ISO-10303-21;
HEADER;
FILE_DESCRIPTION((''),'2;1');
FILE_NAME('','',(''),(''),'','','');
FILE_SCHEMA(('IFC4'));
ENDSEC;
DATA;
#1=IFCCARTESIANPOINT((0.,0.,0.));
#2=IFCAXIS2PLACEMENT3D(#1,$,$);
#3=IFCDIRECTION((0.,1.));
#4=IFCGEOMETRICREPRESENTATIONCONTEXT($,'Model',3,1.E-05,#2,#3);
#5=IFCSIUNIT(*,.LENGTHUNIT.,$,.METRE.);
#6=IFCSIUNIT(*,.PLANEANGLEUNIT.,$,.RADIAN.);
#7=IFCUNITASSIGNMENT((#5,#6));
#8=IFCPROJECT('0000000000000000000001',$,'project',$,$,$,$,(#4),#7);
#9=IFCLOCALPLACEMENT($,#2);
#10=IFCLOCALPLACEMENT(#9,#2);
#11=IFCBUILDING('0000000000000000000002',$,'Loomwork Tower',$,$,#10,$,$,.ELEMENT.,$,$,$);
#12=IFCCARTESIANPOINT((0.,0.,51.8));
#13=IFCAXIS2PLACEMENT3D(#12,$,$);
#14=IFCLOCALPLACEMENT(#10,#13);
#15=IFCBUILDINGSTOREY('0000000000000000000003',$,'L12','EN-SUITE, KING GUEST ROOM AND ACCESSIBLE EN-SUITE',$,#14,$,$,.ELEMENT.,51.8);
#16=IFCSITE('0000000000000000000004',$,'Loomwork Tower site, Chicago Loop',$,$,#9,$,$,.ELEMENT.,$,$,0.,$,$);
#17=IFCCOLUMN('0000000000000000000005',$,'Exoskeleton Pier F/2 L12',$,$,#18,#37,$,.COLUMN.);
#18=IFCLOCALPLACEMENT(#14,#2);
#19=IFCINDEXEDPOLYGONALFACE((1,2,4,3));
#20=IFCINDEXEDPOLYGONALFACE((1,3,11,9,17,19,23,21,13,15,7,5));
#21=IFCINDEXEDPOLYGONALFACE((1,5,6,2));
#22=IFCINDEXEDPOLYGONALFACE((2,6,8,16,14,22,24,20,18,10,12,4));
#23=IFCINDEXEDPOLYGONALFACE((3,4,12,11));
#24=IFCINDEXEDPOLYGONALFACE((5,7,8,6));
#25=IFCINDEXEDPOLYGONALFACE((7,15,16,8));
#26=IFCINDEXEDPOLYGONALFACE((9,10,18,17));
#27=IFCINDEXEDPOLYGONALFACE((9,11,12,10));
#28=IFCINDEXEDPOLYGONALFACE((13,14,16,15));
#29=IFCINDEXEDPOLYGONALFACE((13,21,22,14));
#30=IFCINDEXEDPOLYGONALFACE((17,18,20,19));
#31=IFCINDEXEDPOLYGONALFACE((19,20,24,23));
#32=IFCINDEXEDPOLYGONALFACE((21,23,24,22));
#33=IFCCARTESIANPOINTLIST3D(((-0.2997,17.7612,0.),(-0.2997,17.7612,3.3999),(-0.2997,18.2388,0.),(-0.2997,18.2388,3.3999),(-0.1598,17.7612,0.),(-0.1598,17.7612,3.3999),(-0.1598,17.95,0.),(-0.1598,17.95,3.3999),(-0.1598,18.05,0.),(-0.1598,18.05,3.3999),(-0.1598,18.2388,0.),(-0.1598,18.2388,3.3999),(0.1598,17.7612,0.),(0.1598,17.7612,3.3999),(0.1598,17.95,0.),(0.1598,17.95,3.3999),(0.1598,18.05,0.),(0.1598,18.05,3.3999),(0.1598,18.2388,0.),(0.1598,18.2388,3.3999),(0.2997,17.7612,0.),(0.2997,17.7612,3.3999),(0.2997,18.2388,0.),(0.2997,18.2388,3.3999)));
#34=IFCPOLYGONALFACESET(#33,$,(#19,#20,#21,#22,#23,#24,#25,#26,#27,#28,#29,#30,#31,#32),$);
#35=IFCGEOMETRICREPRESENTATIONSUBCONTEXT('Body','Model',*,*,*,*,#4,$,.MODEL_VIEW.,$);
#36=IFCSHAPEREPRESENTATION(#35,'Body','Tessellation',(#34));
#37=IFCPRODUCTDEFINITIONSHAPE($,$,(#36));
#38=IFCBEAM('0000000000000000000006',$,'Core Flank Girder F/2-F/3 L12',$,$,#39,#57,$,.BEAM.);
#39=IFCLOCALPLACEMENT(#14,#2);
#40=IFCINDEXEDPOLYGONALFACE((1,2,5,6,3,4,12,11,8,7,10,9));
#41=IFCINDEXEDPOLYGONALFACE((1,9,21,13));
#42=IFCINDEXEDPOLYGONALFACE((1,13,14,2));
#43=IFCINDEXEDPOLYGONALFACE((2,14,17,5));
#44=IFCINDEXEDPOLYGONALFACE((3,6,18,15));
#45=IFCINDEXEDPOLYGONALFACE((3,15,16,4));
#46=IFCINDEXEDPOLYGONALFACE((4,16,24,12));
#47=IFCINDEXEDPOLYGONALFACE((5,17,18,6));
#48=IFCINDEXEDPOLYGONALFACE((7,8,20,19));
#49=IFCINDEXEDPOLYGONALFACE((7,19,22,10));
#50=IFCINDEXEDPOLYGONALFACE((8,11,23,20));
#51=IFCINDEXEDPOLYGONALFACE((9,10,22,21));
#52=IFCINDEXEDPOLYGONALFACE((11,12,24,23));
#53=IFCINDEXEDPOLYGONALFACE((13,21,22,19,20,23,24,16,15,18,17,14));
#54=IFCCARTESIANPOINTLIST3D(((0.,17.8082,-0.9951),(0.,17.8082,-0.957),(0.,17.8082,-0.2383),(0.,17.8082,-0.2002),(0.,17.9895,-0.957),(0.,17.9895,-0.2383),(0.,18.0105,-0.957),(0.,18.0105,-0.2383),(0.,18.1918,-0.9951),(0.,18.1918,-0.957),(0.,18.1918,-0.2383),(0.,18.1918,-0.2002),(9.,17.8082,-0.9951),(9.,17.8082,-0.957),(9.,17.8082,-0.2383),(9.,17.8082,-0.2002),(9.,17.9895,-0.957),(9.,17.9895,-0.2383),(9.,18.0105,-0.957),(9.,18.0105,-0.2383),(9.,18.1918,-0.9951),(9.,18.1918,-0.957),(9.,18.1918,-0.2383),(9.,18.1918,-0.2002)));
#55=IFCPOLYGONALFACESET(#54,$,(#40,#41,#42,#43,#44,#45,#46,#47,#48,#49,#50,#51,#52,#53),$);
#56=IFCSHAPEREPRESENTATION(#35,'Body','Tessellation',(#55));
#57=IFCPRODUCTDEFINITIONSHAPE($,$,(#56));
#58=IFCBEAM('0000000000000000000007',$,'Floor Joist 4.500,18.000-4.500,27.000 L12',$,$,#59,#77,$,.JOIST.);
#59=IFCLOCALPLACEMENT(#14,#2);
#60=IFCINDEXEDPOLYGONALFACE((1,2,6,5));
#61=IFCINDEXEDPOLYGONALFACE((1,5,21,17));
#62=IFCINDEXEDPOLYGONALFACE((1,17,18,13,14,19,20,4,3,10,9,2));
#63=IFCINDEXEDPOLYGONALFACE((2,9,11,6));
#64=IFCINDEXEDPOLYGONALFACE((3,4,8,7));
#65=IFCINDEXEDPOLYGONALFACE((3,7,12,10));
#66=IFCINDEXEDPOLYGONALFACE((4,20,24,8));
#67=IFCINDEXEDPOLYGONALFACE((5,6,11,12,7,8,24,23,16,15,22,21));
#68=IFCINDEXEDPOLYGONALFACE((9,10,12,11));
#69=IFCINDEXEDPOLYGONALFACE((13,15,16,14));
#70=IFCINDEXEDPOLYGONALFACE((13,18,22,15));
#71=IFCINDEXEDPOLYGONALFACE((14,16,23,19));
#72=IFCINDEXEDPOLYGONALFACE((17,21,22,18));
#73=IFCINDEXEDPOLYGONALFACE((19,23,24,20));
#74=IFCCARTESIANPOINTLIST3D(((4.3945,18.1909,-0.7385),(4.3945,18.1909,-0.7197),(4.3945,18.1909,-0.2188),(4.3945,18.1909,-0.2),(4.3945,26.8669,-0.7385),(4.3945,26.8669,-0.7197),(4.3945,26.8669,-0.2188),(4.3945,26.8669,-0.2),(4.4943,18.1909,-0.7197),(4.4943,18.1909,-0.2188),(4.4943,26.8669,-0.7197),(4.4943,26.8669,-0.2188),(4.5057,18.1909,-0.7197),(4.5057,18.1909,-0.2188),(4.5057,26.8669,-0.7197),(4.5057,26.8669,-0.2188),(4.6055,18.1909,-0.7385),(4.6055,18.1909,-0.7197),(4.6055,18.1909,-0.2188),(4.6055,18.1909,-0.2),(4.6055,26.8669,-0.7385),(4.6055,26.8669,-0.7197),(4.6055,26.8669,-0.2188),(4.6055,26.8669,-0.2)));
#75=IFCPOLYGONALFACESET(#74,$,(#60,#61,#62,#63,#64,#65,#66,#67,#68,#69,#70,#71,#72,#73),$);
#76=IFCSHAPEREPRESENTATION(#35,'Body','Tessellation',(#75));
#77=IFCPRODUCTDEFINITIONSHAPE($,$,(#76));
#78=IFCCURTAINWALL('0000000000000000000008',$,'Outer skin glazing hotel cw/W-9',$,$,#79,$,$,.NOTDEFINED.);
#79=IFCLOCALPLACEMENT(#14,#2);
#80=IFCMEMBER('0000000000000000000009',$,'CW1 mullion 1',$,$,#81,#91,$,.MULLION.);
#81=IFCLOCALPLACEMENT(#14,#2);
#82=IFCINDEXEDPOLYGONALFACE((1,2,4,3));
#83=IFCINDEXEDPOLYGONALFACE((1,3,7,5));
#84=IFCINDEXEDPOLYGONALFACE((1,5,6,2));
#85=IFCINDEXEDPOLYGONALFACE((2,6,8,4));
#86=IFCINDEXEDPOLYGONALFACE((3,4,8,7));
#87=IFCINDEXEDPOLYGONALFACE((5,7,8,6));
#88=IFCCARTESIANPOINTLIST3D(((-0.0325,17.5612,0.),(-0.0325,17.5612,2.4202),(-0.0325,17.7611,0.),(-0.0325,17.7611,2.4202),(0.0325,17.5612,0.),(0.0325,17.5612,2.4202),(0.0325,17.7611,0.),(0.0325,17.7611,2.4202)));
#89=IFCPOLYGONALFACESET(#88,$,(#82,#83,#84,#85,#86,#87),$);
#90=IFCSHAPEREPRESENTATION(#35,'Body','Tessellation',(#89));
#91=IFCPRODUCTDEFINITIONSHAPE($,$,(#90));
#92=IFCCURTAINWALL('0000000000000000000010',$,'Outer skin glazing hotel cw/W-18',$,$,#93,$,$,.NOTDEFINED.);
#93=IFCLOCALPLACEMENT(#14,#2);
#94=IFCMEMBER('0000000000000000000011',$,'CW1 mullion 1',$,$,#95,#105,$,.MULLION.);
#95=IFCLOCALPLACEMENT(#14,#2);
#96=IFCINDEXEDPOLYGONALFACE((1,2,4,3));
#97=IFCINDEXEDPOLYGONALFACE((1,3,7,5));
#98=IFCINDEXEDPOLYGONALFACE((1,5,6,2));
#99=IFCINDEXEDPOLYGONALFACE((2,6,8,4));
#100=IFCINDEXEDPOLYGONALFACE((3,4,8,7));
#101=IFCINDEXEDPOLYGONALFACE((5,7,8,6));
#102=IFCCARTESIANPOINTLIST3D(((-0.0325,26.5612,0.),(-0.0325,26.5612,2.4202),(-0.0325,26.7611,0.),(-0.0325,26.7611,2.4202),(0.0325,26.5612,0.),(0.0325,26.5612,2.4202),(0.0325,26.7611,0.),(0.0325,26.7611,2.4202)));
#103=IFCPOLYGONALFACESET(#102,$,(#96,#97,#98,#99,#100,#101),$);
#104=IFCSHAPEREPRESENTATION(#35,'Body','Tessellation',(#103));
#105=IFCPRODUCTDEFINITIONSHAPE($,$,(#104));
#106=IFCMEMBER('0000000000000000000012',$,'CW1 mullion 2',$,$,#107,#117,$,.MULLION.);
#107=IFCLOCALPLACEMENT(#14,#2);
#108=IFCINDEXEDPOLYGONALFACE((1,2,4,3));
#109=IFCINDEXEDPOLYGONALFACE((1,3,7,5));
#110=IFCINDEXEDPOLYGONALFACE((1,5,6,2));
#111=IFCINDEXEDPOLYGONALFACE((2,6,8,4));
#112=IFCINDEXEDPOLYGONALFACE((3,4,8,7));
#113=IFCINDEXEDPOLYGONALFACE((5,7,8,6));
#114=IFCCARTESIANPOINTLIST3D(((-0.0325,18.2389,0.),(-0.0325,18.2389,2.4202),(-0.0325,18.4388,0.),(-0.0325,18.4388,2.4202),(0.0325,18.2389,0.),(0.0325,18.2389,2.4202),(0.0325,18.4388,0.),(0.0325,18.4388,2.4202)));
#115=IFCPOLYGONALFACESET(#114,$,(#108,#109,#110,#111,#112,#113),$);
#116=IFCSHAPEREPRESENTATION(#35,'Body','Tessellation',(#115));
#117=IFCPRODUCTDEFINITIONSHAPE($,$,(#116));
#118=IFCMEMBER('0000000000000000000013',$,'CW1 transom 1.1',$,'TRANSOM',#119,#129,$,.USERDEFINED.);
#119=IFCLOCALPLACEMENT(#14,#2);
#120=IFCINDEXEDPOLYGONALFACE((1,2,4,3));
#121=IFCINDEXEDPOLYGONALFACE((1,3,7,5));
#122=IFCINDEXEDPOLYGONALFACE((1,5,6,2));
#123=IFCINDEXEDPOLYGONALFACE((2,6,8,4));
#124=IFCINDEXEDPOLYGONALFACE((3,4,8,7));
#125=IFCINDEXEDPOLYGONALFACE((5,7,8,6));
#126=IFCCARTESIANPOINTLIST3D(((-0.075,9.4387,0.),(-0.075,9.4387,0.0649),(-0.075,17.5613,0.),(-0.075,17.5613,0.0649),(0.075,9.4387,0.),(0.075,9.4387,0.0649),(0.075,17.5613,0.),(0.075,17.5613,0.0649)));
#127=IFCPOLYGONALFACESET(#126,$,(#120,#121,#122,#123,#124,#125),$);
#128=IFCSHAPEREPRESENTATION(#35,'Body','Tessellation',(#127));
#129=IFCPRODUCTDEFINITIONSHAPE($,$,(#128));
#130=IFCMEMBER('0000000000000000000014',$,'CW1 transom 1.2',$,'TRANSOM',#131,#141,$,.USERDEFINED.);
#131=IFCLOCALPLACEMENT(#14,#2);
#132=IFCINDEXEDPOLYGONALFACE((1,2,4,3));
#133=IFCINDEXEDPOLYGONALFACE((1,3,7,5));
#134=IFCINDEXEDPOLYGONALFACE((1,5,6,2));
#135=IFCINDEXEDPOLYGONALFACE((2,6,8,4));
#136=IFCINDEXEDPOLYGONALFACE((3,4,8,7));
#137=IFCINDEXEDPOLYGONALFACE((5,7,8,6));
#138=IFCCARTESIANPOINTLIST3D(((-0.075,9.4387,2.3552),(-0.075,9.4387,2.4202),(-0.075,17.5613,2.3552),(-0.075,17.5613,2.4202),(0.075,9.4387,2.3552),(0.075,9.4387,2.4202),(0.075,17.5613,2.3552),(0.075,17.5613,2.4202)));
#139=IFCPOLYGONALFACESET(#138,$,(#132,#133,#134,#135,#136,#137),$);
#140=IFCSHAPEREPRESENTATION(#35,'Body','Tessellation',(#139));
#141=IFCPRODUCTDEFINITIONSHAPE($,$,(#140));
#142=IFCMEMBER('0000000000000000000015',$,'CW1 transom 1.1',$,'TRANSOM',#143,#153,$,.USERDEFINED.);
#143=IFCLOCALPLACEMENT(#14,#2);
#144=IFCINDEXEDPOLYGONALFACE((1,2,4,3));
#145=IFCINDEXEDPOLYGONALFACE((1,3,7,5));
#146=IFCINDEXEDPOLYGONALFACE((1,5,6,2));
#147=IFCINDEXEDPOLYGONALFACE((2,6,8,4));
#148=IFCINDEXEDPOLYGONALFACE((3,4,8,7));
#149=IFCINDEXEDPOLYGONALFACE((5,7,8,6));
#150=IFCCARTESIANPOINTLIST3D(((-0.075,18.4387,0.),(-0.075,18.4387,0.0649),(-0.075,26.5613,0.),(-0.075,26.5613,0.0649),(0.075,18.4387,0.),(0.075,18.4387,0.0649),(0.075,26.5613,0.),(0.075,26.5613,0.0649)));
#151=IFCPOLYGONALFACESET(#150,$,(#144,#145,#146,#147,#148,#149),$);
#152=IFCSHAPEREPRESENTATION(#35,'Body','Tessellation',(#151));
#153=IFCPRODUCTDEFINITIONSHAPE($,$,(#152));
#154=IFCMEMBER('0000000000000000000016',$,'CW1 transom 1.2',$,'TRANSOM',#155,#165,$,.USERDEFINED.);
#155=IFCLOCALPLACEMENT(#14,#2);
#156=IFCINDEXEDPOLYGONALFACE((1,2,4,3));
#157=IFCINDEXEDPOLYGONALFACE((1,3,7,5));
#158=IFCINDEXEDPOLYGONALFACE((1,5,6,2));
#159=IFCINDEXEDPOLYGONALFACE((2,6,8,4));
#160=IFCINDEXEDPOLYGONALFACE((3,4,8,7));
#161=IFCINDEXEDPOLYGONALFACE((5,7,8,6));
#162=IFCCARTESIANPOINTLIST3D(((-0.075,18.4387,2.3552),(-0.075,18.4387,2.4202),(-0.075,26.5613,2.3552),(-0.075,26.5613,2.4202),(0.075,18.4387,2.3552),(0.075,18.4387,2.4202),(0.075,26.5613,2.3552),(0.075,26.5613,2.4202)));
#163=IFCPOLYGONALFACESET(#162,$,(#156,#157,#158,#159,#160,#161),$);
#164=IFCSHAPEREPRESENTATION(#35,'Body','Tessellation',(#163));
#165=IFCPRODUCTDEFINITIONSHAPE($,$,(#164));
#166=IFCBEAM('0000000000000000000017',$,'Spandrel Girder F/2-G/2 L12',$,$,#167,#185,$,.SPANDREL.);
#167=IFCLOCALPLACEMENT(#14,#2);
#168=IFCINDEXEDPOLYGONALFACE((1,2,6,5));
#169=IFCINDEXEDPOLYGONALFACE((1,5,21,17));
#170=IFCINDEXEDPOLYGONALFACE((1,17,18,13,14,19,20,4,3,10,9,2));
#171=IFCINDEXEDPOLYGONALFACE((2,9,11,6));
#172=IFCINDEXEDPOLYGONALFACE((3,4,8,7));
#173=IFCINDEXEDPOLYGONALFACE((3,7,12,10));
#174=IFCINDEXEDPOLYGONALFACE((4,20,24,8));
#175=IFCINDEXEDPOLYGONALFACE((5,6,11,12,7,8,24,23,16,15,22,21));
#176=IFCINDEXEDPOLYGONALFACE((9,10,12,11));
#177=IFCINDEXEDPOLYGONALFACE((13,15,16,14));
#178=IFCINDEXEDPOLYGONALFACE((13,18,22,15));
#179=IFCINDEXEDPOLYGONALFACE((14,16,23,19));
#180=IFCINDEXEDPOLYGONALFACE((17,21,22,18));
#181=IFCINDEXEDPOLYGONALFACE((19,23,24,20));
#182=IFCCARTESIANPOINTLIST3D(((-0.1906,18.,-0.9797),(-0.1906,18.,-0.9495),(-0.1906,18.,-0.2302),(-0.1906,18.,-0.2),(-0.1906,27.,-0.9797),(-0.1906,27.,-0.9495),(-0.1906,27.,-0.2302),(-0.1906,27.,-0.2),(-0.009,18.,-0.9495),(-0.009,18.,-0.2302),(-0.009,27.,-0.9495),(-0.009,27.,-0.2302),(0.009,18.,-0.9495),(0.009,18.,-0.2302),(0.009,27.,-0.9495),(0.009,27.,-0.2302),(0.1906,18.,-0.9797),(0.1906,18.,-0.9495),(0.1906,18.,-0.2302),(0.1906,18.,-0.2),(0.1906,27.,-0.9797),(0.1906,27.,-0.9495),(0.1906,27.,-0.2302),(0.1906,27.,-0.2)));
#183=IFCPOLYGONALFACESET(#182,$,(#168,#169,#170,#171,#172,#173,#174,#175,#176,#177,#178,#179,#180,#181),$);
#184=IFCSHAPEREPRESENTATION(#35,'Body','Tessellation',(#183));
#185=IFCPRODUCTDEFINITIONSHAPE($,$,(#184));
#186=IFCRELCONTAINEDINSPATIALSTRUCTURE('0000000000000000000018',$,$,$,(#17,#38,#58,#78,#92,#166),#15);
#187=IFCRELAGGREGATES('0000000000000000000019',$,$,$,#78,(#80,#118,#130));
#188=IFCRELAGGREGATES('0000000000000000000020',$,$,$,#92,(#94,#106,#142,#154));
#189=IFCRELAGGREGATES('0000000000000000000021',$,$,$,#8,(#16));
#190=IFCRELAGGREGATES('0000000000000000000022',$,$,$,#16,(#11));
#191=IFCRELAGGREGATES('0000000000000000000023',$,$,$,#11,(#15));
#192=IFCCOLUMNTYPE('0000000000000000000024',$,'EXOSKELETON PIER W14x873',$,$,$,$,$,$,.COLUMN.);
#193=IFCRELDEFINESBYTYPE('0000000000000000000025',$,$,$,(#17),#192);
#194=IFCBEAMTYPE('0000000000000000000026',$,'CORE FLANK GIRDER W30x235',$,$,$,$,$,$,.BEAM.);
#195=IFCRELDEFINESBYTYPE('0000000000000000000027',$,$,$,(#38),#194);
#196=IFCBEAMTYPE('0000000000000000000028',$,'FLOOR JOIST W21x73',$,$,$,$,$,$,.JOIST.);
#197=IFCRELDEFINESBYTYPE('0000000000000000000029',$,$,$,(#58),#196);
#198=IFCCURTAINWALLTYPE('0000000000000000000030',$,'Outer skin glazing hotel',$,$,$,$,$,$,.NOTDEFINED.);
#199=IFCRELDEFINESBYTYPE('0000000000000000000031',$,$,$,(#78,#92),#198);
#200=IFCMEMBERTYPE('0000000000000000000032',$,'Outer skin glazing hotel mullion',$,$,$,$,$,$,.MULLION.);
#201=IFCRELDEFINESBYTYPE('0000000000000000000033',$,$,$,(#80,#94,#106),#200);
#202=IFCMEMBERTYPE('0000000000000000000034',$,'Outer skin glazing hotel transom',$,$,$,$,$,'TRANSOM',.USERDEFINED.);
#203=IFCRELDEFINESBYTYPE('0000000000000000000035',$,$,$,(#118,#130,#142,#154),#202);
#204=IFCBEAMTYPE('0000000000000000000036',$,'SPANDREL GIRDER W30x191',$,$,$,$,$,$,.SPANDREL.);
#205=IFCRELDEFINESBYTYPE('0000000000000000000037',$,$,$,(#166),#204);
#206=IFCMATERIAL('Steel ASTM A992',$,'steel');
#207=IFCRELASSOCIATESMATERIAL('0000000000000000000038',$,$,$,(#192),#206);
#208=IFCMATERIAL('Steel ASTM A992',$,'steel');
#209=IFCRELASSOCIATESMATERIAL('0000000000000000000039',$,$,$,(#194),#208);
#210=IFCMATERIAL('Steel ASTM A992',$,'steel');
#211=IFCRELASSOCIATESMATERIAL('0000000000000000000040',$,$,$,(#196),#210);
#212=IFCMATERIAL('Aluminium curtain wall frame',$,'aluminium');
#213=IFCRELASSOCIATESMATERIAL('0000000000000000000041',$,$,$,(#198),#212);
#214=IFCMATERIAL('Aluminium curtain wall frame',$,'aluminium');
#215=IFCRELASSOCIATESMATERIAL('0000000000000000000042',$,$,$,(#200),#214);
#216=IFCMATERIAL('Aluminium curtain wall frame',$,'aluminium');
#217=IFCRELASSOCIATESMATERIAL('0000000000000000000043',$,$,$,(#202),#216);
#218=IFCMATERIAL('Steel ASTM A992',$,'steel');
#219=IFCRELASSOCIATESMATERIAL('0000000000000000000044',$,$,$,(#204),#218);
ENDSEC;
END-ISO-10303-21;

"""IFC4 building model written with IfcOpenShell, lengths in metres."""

from ifc_helpers import new_model, si_unit, direction, frame, origin, origin_2d, place, context, subcontext, project, spatial, rectangle, i_section, extrude, material, material_profile, profile_set, type_object, element, aggregate, save


model = new_model("IFC4")

# Units and contexts
model_context = context("Model", 3, precision=1e-05, world=origin(), true_north=direction((0.0, 1.0)))
body_context = subcontext(model_context, "Body", "Model", "MODEL_VIEW")
ifc_project = project(units=[si_unit("LENGTHUNIT", "METRE"), si_unit("PLANEANGLEUNIT", "RADIAN")], contexts=[model_context])

# Site, building, storey
site_placement = place(None, origin())
site = spatial("IfcSite", under=ifc_project, at=site_placement, Name="Loomwork Tower site, Chicago Loop", CompositionType="ELEMENT", RefElevation=0.0)
building_placement = place(site_placement, origin())
building = spatial("IfcBuilding", under=site, at=building_placement, Name="Loomwork Tower", CompositionType="ELEMENT")
storey_placement = place(building_placement, frame((0.0, 0.0, 51.8)))
storey = spatial("IfcBuildingStorey", under=building, at=storey_placement, Name="L12", Description="EN-SUITE, KING GUEST ROOM AND ACCESSIBLE EN-SUITE", CompositionType="ELEMENT", Elevation=51.8)

# Column
ifc_material_1 = material(Name="Steel ASTM A992", Category="steel")
ifc_material_profile_1 = material_profile(ifc_material_1, i_section(OverallWidth=0.4775, OverallDepth=0.5994, WebThickness=0.1001, FlangeThickness=0.1399, at=origin_2d()), Name="W14x873")
ifc_profile_set_1 = profile_set([ifc_material_profile_1], Name="Steel ASTM A992")
column_type = type_object("IfcColumnType", Name="EXOSKELETON PIER W14x873", PredefinedType="COLUMN", material=ifc_profile_set_1)
column_placement = place(storey_placement, frame((0.0, 18.0, 0.0), z_axis=(0.0, 0.0, 1.0), x_axis=(0.0, 1.0, 0.0)))
element("IfcColumn", 1, at=column_placement, inside=storey, type_object=column_type, Name="Exoskeleton Pier F/2 L12", PredefinedType="COLUMN", context=body_context, shape_type="SweptSolid", body=[
    extrude(i_section(OverallWidth=0.4775, OverallDepth=0.5994, WebThickness=0.1001, FlangeThickness=0.1399, at=origin_2d()), origin(), (0.0, 0.0, 1.0), 3.3999),
])

# Beams
ifc_material_2 = material(Name="Steel ASTM A992", Category="steel")
ifc_material_profile_2 = material_profile(ifc_material_2, i_section(OverallWidth=0.3835, OverallDepth=0.7949, WebThickness=0.021, FlangeThickness=0.0381, at=origin_2d()), Name="W30x235")
ifc_profile_set_2 = profile_set([ifc_material_profile_2], Name="Steel ASTM A992")
beam_type_1 = type_object("IfcBeamType", Name="CORE FLANK GIRDER W30x235", PredefinedType="BEAM", material=ifc_profile_set_2)
beam_1_placement = place(storey_placement, frame((0.0, 18.0, -0.5977), z_axis=(1.0, 0.0, 0.0), x_axis=(0.0, 1.0, 0.0)))
element("IfcBeam", 2, at=beam_1_placement, inside=storey, type_object=beam_type_1, Name="Core Flank Girder F/2-F/3 L12", PredefinedType="BEAM", context=body_context, shape_type="SweptSolid", body=[
    extrude(i_section(OverallWidth=0.3835, OverallDepth=0.7949, WebThickness=0.021, FlangeThickness=0.0381, at=origin_2d()), origin(), (0.0, 0.0, 1.0), 9.0),
])
ifc_material_3 = material(Name="Steel ASTM A992", Category="steel")
ifc_material_profile_3 = material_profile(ifc_material_3, i_section(OverallWidth=0.2109, OverallDepth=0.5386, WebThickness=0.0115, FlangeThickness=0.0188, at=origin_2d()), Name="W21x73")
ifc_profile_set_3 = profile_set([ifc_material_profile_3], Name="Steel ASTM A992")
beam_type_2 = type_object("IfcBeamType", Name="FLOOR JOIST W21x73", PredefinedType="JOIST", material=ifc_profile_set_3)
beam_2_placement = place(storey_placement, frame((4.5, 18.1909, -0.4692), z_axis=(0.0, 1.0, 0.0), x_axis=(-1.0, 0.0, 0.0)))
element("IfcBeam", 3, at=beam_2_placement, inside=storey, type_object=beam_type_2, Name="Floor Joist 4.500,18.000-4.500,27.000 L12", PredefinedType="JOIST", context=body_context, shape_type="SweptSolid", body=[
    extrude(i_section(OverallWidth=0.2109, OverallDepth=0.5386, WebThickness=0.0115, FlangeThickness=0.0188, at=origin_2d()), origin(), (0.0, 0.0, 1.0), 8.676),
])

# Curtain wall, member
ifc_material_4 = material(Name="Aluminium curtain wall frame", Category="aluminium")
curtain_wall_type = type_object("IfcCurtainWallType", Name="Outer skin glazing hotel", PredefinedType="NOTDEFINED", material=ifc_material_4)
curtain_wall_1_placement = place(storey_placement, origin())
curtain_wall_1 = element("IfcCurtainWall", 4, at=curtain_wall_1_placement, inside=storey, type_object=curtain_wall_type, Name="Outer skin glazing hotel cw/W-9", PredefinedType="NOTDEFINED")
ifc_material_5 = material(Name="Aluminium curtain wall frame", Category="aluminium")
ifc_material_profile_4 = material_profile(ifc_material_5, rectangle(XDim=0.0649, YDim=0.2, at=origin_2d()), Name="AL 65x200")
ifc_profile_set_4 = profile_set([ifc_material_profile_4], Name="Aluminium curtain wall frame")
member_type_1 = type_object("IfcMemberType", Name="Outer skin glazing hotel mullion", PredefinedType="MULLION", material=ifc_profile_set_4)
member_1_placement = place(storey_placement, frame((0.0, 17.6611, 0.0), z_axis=(0.0, 0.0, 1.0), x_axis=(1.0, 0.0, 0.0)))
member_1 = element("IfcMember", 5, at=member_1_placement, type_object=member_type_1, Name="CW1 mullion 1", PredefinedType="MULLION", context=body_context, shape_type="SweptSolid", body=[
    extrude(rectangle(XDim=0.0649, YDim=0.2, at=origin_2d()), origin(), (0.0, 0.0, 1.0), 2.4202),
])

# Curtain wall, members
curtain_wall_2_placement = place(storey_placement, origin())
curtain_wall_2 = element("IfcCurtainWall", 6, at=curtain_wall_2_placement, inside=storey, type_object=curtain_wall_type, Name="Outer skin glazing hotel cw/W-18", PredefinedType="NOTDEFINED")
member_2_placement = place(storey_placement, frame((0.0, 26.6611, 0.0), z_axis=(0.0, 0.0, 1.0), x_axis=(1.0, 0.0, 0.0)))
member_2 = element("IfcMember", 7, at=member_2_placement, type_object=member_type_1, Name="CW1 mullion 1", PredefinedType="MULLION", context=body_context, shape_type="SweptSolid", body=[
    extrude(rectangle(XDim=0.0649, YDim=0.2, at=origin_2d()), origin(), (0.0, 0.0, 1.0), 2.4202),
])
member_3_placement = place(storey_placement, frame((0.0, 18.3389, 0.0), z_axis=(0.0, 0.0, 1.0), x_axis=(1.0, 0.0, 0.0)))
member_3 = element("IfcMember", 8, at=member_3_placement, type_object=member_type_1, Name="CW1 mullion 2", PredefinedType="MULLION", context=body_context, shape_type="SweptSolid", body=[
    extrude(rectangle(XDim=0.0649, YDim=0.2, at=origin_2d()), origin(), (0.0, 0.0, 1.0), 2.4202),
])

# Members
ifc_material_6 = material(Name="Aluminium curtain wall frame", Category="aluminium")
ifc_material_profile_5 = material_profile(ifc_material_6, rectangle(XDim=0.1499, YDim=0.0649, at=origin_2d()), Name="AL 65x150")
ifc_profile_set_5 = profile_set([ifc_material_profile_5], Name="Aluminium curtain wall frame")
member_type_2 = type_object("IfcMemberType", Name="Outer skin glazing hotel transom", ElementType="TRANSOM", PredefinedType="USERDEFINED", material=ifc_profile_set_5)
member_4_placement = place(storey_placement, frame((0.0, 17.5613, 0.0325), z_axis=(0.0, -1.0, 0.0), x_axis=(1.0, 0.0, 0.0)))
member_4 = element("IfcMember", 9, at=member_4_placement, type_object=member_type_2, Name="CW1 transom 1.1", ObjectType="TRANSOM", PredefinedType="USERDEFINED", context=body_context, shape_type="SweptSolid", body=[
    extrude(rectangle(XDim=0.1499, YDim=0.0649, at=origin_2d()), origin(), (0.0, 0.0, 1.0), 8.1226),
])
member_5_placement = place(storey_placement, frame((0.0, 17.5613, 2.3877), z_axis=(0.0, -1.0, 0.0), x_axis=(1.0, 0.0, 0.0)))
member_5 = element("IfcMember", 10, at=member_5_placement, type_object=member_type_2, Name="CW1 transom 1.2", ObjectType="TRANSOM", PredefinedType="USERDEFINED", context=body_context, shape_type="SweptSolid", body=[
    extrude(rectangle(XDim=0.1499, YDim=0.0649, at=origin_2d()), origin(), (0.0, 0.0, 1.0), 8.1226),
])
aggregate(curtain_wall_1, [member_1, member_4, member_5])
member_6_placement = place(storey_placement, frame((0.0, 26.5613, 0.0325), z_axis=(0.0, -1.0, 0.0), x_axis=(1.0, 0.0, 0.0)))
member_6 = element("IfcMember", 11, at=member_6_placement, type_object=member_type_2, Name="CW1 transom 1.1", ObjectType="TRANSOM", PredefinedType="USERDEFINED", context=body_context, shape_type="SweptSolid", body=[
    extrude(rectangle(XDim=0.1499, YDim=0.0649, at=origin_2d()), origin(), (0.0, 0.0, 1.0), 8.1226),
])
member_7_placement = place(storey_placement, frame((0.0, 26.5613, 2.3877), z_axis=(0.0, -1.0, 0.0), x_axis=(1.0, 0.0, 0.0)))
member_7 = element("IfcMember", 12, at=member_7_placement, type_object=member_type_2, Name="CW1 transom 1.2", ObjectType="TRANSOM", PredefinedType="USERDEFINED", context=body_context, shape_type="SweptSolid", body=[
    extrude(rectangle(XDim=0.1499, YDim=0.0649, at=origin_2d()), origin(), (0.0, 0.0, 1.0), 8.1226),
])

# Beam
ifc_material_7 = material(Name="Steel ASTM A992", Category="steel")
ifc_material_profile_6 = material_profile(ifc_material_7, i_section(OverallWidth=0.3811, OverallDepth=0.7798, WebThickness=0.0181, FlangeThickness=0.0303, at=origin_2d()), Name="W30x191")
ifc_profile_set_6 = profile_set([ifc_material_profile_6], Name="Steel ASTM A992")
beam_type_3 = type_object("IfcBeamType", Name="SPANDREL GIRDER W30x191", PredefinedType="SPANDREL", material=ifc_profile_set_6)
beam_3_placement = place(storey_placement, frame((0.0, 18.0, -0.5898), z_axis=(0.0, 1.0, 0.0), x_axis=(-1.0, 0.0, 0.0)))
element("IfcBeam", 13, at=beam_3_placement, inside=storey, type_object=beam_type_3, Name="Spandrel Girder F/2-G/2 L12", PredefinedType="SPANDREL", context=body_context, shape_type="SweptSolid", body=[
    extrude(i_section(OverallWidth=0.3811, OverallDepth=0.7798, WebThickness=0.0181, FlangeThickness=0.0303, at=origin_2d()), origin(), (0.0, 0.0, 1.0), 9.0),
])

aggregate(curtain_wall_2, [member_2, member_3, member_6, member_7])

save(model, "model.ifc")
